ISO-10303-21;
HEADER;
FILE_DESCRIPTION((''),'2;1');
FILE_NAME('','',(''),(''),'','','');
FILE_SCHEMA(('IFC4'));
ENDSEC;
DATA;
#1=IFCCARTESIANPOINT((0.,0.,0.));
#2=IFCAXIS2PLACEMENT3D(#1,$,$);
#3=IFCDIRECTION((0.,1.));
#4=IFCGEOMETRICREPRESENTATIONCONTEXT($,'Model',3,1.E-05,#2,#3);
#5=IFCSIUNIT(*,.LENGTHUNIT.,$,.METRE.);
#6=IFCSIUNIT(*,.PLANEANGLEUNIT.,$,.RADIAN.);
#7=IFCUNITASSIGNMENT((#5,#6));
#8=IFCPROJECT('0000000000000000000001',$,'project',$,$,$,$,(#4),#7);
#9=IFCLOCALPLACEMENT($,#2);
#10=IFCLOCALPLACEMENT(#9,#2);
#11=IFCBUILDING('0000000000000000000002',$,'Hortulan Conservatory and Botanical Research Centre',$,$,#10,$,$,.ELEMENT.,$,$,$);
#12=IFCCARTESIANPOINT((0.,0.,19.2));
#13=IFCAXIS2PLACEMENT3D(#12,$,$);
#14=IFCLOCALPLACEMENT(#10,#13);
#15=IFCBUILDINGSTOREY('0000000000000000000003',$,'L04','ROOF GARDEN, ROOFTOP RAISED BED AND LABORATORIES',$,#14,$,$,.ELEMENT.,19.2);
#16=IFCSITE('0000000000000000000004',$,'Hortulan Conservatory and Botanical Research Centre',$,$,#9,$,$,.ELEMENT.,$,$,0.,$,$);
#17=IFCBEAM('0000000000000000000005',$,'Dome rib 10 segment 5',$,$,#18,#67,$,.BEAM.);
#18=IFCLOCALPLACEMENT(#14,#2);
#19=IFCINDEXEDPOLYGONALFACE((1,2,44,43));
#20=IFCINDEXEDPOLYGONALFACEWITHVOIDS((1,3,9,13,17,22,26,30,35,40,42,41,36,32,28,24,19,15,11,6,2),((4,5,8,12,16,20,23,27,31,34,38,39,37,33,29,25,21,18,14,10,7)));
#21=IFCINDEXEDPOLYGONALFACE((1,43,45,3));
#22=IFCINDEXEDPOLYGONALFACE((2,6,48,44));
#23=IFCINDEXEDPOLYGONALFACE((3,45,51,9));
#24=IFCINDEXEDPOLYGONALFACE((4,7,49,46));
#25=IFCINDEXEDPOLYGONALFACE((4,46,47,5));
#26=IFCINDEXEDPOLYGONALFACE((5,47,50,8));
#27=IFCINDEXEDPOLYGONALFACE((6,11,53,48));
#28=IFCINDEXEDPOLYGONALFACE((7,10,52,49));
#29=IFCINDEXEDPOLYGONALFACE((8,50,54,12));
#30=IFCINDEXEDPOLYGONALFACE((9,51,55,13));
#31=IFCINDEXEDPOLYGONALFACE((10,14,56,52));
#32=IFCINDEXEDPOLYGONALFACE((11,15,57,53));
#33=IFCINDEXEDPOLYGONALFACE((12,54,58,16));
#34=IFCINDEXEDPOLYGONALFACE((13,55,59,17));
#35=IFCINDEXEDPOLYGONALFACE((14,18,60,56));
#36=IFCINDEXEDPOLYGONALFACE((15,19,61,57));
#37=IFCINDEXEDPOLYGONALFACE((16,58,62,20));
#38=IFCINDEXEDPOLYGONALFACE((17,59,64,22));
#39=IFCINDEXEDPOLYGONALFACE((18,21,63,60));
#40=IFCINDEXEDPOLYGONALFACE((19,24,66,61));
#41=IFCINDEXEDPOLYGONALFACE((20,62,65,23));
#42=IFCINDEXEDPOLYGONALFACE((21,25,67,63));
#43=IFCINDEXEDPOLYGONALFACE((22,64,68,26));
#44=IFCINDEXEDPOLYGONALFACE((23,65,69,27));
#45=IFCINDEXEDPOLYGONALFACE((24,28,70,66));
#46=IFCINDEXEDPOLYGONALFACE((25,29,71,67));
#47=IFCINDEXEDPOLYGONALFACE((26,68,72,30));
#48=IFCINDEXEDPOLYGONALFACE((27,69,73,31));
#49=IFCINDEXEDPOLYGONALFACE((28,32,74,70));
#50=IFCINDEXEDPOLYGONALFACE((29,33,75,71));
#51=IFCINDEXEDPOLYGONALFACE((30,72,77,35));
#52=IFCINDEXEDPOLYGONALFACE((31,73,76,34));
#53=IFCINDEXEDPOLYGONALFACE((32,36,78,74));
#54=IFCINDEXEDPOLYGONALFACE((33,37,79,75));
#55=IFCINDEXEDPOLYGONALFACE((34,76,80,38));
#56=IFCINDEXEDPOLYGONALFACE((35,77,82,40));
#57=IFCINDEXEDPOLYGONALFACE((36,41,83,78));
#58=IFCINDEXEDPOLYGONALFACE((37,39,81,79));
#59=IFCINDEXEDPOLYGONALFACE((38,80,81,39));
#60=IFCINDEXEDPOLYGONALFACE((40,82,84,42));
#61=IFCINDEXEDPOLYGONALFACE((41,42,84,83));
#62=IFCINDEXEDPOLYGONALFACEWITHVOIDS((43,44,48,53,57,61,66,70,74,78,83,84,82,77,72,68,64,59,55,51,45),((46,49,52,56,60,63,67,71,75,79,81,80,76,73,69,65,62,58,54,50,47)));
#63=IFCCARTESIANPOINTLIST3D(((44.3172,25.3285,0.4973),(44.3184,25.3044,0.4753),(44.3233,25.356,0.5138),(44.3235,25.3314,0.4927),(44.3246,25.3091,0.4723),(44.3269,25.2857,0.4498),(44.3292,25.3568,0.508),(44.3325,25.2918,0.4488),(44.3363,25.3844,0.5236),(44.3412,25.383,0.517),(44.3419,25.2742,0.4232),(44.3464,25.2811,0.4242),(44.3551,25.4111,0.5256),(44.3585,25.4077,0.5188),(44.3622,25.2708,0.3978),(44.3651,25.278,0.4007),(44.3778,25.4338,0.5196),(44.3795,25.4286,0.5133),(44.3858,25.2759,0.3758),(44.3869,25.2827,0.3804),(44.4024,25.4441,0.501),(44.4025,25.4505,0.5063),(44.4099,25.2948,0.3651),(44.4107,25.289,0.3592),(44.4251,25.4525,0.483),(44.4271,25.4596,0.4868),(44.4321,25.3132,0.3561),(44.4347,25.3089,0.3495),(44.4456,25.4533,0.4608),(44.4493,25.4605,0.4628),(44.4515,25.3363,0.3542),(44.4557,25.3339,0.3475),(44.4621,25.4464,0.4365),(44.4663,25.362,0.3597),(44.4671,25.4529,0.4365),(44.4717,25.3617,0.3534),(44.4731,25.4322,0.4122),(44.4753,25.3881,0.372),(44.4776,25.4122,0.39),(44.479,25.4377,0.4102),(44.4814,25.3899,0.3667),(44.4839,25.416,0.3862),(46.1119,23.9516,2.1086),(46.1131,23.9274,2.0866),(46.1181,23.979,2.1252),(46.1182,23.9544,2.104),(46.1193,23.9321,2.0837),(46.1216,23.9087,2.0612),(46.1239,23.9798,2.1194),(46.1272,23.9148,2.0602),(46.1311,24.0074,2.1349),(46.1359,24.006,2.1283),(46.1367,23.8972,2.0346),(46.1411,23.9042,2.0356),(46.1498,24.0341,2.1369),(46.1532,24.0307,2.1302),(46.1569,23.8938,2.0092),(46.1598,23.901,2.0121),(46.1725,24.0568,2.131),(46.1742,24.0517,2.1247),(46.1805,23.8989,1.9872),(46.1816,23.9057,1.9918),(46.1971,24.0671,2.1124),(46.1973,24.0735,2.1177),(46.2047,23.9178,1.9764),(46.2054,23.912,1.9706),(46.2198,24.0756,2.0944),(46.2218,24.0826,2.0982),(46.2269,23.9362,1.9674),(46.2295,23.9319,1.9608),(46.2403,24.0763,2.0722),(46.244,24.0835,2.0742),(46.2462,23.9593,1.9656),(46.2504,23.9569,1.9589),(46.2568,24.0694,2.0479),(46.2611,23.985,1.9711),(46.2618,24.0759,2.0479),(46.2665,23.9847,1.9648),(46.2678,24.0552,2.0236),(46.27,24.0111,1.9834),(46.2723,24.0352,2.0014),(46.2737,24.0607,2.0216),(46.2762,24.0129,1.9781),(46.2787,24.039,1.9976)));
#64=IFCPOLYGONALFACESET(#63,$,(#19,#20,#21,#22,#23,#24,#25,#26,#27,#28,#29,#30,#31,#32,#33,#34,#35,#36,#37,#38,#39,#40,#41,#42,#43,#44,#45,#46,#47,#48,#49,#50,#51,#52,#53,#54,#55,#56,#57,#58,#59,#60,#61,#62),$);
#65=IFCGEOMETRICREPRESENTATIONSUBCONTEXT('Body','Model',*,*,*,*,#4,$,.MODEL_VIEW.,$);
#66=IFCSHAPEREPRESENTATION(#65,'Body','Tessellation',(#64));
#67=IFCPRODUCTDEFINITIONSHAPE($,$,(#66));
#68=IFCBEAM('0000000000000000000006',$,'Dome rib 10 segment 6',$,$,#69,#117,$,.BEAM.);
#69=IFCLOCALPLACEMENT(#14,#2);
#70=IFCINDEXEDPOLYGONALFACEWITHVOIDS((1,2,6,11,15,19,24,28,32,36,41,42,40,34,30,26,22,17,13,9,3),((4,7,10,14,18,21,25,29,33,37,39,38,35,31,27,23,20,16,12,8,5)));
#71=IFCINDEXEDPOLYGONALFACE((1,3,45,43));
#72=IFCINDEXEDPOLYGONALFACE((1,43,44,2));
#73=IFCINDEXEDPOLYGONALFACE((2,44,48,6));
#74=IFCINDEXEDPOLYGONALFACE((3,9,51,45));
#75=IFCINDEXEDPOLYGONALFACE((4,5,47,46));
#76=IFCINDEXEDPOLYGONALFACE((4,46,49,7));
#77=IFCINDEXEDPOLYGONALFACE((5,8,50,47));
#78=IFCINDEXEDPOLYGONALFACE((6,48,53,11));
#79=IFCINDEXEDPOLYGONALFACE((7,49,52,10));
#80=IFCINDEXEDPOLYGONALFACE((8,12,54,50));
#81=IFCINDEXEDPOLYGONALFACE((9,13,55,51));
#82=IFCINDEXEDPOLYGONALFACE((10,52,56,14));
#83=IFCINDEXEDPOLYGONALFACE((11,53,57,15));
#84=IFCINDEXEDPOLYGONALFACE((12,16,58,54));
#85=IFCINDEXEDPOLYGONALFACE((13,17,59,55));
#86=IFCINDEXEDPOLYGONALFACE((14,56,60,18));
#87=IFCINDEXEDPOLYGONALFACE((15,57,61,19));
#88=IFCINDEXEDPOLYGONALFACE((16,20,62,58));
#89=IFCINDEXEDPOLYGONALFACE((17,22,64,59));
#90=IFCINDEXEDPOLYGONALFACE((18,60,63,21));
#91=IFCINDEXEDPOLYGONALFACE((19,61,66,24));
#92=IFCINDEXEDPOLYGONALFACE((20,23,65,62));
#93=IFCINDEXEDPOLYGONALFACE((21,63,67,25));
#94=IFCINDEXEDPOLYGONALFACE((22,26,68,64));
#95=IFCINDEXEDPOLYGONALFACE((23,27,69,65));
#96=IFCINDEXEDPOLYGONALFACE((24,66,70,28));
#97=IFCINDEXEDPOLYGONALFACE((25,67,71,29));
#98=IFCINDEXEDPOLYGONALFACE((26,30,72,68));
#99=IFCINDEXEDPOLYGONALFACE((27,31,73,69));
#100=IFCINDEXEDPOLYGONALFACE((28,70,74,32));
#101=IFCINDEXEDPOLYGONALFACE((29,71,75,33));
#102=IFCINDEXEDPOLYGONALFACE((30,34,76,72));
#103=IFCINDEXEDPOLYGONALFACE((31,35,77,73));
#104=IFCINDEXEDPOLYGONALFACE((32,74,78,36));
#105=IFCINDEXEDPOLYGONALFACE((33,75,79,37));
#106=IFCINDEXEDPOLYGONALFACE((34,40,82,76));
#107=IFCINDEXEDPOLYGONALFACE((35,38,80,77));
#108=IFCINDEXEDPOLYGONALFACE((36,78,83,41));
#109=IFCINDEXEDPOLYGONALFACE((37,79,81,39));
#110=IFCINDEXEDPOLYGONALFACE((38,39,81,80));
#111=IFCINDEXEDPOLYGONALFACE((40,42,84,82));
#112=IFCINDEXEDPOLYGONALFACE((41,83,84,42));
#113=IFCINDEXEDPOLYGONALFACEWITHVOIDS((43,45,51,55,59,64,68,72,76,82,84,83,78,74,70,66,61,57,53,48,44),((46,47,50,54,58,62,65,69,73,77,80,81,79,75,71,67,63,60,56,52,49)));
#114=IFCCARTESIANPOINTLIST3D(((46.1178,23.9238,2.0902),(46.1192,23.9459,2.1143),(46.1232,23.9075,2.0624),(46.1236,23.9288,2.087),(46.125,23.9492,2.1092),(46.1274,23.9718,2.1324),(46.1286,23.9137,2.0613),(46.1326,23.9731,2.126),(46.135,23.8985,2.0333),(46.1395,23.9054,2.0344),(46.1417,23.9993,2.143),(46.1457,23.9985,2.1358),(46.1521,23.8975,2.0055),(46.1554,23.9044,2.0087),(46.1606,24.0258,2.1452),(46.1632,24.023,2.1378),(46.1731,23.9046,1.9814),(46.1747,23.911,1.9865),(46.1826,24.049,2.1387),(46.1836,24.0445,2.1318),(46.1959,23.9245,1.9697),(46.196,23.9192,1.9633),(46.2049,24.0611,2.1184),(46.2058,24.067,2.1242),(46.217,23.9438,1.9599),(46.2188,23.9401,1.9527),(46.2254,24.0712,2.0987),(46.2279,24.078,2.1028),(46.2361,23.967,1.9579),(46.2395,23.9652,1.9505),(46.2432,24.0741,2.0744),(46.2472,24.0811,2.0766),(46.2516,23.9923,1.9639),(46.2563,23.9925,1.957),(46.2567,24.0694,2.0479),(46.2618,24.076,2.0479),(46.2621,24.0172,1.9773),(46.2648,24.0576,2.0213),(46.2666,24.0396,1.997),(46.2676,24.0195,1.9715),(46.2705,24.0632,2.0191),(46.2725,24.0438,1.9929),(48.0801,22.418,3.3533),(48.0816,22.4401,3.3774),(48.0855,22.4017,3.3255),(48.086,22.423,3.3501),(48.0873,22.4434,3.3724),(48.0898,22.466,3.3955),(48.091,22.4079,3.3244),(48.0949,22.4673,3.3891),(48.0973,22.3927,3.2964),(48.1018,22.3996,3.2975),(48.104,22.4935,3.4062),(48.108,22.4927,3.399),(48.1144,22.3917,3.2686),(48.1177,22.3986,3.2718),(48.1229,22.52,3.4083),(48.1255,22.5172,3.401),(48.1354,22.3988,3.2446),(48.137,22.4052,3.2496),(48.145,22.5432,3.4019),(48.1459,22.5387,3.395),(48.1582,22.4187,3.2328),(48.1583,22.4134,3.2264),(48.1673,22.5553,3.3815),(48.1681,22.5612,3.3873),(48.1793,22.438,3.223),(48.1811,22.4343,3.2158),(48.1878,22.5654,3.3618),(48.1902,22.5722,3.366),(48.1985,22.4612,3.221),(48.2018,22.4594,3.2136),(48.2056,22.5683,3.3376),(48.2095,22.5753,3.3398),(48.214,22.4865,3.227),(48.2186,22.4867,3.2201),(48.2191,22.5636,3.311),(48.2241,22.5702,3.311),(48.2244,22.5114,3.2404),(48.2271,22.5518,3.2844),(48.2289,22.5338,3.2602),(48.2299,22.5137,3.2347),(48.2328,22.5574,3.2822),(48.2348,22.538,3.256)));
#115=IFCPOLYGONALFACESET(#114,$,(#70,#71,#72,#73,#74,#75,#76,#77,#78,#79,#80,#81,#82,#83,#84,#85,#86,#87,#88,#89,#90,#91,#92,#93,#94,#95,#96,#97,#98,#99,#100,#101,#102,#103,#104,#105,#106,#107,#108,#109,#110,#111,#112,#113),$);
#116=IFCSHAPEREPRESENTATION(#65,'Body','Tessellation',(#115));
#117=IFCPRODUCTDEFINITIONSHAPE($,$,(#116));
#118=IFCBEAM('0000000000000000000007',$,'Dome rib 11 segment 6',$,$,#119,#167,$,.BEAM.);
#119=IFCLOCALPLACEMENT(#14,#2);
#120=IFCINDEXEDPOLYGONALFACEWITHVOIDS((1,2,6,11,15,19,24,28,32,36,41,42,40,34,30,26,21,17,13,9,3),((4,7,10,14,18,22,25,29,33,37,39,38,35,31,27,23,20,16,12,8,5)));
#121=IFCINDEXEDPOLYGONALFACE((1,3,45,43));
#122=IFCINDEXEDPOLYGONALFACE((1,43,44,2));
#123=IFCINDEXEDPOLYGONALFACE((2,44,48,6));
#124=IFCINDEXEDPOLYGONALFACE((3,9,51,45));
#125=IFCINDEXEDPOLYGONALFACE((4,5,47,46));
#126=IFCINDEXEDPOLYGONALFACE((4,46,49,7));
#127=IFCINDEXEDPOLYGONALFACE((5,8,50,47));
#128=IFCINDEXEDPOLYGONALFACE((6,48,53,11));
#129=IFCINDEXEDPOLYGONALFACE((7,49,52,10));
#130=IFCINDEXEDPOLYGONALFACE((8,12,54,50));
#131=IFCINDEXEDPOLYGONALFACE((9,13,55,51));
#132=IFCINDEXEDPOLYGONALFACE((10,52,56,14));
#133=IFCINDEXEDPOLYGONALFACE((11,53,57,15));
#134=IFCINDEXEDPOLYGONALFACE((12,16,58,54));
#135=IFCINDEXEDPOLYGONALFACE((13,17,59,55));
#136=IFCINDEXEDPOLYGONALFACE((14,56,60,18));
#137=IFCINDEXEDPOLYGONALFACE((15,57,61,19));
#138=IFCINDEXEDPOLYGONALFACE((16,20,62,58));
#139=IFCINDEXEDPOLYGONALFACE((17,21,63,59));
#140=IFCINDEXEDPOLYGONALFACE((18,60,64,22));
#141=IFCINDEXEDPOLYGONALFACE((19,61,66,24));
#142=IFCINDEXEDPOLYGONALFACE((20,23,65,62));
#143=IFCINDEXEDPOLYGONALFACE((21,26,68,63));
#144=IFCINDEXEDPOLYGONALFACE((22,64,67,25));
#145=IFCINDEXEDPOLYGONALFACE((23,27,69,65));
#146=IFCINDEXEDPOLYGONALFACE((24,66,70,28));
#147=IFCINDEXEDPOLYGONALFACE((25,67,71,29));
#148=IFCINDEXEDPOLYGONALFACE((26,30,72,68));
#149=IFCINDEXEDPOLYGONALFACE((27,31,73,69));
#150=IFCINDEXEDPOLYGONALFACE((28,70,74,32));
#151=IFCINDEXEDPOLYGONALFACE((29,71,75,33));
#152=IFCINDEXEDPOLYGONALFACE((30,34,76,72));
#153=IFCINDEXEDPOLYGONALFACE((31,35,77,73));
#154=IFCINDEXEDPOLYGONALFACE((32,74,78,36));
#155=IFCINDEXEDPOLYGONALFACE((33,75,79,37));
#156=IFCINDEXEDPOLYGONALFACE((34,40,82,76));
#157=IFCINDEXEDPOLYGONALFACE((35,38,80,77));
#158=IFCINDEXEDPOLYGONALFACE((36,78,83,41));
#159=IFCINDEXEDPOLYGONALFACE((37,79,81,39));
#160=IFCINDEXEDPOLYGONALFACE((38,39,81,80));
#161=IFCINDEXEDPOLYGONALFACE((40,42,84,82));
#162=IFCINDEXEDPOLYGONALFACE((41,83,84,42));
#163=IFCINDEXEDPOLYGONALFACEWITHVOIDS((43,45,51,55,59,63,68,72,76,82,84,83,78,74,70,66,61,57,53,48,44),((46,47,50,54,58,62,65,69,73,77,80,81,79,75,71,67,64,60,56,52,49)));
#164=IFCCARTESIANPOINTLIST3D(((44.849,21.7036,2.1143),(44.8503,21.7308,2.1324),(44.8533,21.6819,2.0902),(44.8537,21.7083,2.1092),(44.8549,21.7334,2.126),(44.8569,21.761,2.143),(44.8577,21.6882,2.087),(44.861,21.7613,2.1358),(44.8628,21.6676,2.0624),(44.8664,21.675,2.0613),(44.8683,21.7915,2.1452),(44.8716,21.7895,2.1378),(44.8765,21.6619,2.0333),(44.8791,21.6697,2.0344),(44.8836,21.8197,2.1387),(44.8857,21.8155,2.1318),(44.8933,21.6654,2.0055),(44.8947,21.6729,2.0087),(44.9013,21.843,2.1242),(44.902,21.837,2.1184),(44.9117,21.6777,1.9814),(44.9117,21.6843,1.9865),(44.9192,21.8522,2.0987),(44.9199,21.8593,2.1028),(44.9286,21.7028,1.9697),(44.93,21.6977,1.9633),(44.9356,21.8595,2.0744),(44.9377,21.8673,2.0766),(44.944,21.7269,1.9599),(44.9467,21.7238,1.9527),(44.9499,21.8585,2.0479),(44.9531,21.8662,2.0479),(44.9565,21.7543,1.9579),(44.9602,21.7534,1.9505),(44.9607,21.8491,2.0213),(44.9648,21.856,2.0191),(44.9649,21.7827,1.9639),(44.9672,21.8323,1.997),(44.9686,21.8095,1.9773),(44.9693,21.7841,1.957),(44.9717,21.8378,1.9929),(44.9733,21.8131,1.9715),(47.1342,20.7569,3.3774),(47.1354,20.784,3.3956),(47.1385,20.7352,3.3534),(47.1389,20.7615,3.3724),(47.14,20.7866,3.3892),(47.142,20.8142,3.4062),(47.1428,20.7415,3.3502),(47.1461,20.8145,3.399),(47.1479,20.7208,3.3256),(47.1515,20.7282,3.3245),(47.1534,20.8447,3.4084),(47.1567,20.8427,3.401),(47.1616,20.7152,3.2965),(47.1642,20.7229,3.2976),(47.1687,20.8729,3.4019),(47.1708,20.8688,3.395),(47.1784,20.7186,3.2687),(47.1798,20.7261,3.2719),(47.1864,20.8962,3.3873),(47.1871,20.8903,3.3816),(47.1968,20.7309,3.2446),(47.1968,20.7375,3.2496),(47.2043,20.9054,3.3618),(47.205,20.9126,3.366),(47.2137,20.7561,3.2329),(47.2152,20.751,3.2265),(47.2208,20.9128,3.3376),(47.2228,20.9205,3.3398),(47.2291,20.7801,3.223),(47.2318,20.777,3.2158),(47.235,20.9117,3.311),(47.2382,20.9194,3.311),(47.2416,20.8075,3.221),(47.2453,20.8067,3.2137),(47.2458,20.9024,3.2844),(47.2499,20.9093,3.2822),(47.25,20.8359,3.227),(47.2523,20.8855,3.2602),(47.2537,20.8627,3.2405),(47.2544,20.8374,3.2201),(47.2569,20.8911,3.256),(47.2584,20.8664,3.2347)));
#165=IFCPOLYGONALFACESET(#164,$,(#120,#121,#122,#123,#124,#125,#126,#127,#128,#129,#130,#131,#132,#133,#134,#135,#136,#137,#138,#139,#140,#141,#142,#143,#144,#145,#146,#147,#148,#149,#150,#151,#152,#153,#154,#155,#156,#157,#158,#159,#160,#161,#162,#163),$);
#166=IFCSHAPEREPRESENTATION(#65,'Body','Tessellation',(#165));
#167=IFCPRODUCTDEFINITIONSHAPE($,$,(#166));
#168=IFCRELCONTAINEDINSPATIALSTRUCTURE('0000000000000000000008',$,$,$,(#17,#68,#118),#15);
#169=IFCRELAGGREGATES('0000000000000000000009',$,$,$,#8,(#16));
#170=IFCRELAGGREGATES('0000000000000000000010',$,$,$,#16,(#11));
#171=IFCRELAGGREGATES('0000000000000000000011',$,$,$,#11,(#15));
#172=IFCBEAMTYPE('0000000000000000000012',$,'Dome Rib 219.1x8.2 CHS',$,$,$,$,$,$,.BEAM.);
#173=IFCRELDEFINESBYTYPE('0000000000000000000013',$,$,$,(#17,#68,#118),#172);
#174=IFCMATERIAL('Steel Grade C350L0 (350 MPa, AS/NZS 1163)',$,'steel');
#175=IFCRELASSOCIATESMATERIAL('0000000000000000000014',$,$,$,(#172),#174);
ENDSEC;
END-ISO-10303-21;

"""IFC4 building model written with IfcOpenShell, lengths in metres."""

from ifc_helpers import new_model, si_unit, direction, frame, origin, origin_2d, place, context, subcontext, project, spatial, hollow_circle, extrude, material, material_profile, profile_set, type_object, element, save


model = new_model("IFC4")

# Units and contexts
model_context = context("Model", 3, precision=1e-05, world=origin(), true_north=direction((0.0, 1.0)))
body_context = subcontext(model_context, "Body", "Model", "MODEL_VIEW")
ifc_project = project(units=[si_unit("LENGTHUNIT", "METRE"), si_unit("PLANEANGLEUNIT", "RADIAN")], contexts=[model_context])

# Site, building, storey
site_placement = place(None, origin())
site = spatial("IfcSite", under=ifc_project, at=site_placement, Name="Hortulan Conservatory and Botanical Research Centre", CompositionType="ELEMENT", RefElevation=0.0)
building_placement = place(site_placement, origin())
building = spatial("IfcBuilding", under=site, at=building_placement, Name="Hortulan Conservatory and Botanical Research Centre", CompositionType="ELEMENT")
storey_placement = place(building_placement, frame((0.0, 0.0, 19.2)))
storey = spatial("IfcBuildingStorey", under=building, at=storey_placement, Name="L04", Description="ROOF GARDEN, ROOFTOP RAISED BED AND LABORATORIES", CompositionType="ELEMENT", Elevation=19.2)

# Beams
ifc_material_1 = material(Name="Steel Grade C350L0 (350 MPa, AS/NZS 1163)", Category="steel")
ifc_material_profile_1 = material_profile(ifc_material_1, hollow_circle(Radius=0.1096, WallThickness=0.0083, at=origin_2d()), Name="219.1x8.2CHS")
ifc_profile_set_1 = profile_set([ifc_material_profile_1], Name="Steel Grade C350L0 (350 MPa, AS/NZS 1163)")
beam_type = type_object("IfcBeamType", Name="Dome Rib 219.1x8.2 CHS", PredefinedType="BEAM", material=ifc_profile_set_1)
for number, where, z_axis, x_axis, name in (
    (1, (44.4004, 25.366, 0.4365), (0.646201, -0.495793, 0.580184), (0.608719, 0.793386, 0.0), "Dome rib 10 segment 5"),
    (2, (46.1951, 23.989, 2.0479), (0.706546, -0.542172, 0.454799), (0.608775, 0.793343, 0.0), "Dome rib 10 segment 6"),
    (3, (44.9111, 21.7649, 2.0479), (0.822768, -0.340886, 0.454808), (0.382764, 0.923846, 0.0), "Dome rib 11 segment 6"),
):
    element("IfcBeam", number, at=place(storey_placement, frame(where, z_axis=z_axis, x_axis=x_axis)), inside=storey, type_object=beam_type, Name=name, PredefinedType="BEAM", context=body_context, shape_type="SweptSolid", body=[
        extrude(hollow_circle(Radius=0.1096, WallThickness=0.0083, at=origin_2d()), origin(), (0.0, 0.0, 1.0), 2.7773),
    ])

save(model, "model.ifc")
